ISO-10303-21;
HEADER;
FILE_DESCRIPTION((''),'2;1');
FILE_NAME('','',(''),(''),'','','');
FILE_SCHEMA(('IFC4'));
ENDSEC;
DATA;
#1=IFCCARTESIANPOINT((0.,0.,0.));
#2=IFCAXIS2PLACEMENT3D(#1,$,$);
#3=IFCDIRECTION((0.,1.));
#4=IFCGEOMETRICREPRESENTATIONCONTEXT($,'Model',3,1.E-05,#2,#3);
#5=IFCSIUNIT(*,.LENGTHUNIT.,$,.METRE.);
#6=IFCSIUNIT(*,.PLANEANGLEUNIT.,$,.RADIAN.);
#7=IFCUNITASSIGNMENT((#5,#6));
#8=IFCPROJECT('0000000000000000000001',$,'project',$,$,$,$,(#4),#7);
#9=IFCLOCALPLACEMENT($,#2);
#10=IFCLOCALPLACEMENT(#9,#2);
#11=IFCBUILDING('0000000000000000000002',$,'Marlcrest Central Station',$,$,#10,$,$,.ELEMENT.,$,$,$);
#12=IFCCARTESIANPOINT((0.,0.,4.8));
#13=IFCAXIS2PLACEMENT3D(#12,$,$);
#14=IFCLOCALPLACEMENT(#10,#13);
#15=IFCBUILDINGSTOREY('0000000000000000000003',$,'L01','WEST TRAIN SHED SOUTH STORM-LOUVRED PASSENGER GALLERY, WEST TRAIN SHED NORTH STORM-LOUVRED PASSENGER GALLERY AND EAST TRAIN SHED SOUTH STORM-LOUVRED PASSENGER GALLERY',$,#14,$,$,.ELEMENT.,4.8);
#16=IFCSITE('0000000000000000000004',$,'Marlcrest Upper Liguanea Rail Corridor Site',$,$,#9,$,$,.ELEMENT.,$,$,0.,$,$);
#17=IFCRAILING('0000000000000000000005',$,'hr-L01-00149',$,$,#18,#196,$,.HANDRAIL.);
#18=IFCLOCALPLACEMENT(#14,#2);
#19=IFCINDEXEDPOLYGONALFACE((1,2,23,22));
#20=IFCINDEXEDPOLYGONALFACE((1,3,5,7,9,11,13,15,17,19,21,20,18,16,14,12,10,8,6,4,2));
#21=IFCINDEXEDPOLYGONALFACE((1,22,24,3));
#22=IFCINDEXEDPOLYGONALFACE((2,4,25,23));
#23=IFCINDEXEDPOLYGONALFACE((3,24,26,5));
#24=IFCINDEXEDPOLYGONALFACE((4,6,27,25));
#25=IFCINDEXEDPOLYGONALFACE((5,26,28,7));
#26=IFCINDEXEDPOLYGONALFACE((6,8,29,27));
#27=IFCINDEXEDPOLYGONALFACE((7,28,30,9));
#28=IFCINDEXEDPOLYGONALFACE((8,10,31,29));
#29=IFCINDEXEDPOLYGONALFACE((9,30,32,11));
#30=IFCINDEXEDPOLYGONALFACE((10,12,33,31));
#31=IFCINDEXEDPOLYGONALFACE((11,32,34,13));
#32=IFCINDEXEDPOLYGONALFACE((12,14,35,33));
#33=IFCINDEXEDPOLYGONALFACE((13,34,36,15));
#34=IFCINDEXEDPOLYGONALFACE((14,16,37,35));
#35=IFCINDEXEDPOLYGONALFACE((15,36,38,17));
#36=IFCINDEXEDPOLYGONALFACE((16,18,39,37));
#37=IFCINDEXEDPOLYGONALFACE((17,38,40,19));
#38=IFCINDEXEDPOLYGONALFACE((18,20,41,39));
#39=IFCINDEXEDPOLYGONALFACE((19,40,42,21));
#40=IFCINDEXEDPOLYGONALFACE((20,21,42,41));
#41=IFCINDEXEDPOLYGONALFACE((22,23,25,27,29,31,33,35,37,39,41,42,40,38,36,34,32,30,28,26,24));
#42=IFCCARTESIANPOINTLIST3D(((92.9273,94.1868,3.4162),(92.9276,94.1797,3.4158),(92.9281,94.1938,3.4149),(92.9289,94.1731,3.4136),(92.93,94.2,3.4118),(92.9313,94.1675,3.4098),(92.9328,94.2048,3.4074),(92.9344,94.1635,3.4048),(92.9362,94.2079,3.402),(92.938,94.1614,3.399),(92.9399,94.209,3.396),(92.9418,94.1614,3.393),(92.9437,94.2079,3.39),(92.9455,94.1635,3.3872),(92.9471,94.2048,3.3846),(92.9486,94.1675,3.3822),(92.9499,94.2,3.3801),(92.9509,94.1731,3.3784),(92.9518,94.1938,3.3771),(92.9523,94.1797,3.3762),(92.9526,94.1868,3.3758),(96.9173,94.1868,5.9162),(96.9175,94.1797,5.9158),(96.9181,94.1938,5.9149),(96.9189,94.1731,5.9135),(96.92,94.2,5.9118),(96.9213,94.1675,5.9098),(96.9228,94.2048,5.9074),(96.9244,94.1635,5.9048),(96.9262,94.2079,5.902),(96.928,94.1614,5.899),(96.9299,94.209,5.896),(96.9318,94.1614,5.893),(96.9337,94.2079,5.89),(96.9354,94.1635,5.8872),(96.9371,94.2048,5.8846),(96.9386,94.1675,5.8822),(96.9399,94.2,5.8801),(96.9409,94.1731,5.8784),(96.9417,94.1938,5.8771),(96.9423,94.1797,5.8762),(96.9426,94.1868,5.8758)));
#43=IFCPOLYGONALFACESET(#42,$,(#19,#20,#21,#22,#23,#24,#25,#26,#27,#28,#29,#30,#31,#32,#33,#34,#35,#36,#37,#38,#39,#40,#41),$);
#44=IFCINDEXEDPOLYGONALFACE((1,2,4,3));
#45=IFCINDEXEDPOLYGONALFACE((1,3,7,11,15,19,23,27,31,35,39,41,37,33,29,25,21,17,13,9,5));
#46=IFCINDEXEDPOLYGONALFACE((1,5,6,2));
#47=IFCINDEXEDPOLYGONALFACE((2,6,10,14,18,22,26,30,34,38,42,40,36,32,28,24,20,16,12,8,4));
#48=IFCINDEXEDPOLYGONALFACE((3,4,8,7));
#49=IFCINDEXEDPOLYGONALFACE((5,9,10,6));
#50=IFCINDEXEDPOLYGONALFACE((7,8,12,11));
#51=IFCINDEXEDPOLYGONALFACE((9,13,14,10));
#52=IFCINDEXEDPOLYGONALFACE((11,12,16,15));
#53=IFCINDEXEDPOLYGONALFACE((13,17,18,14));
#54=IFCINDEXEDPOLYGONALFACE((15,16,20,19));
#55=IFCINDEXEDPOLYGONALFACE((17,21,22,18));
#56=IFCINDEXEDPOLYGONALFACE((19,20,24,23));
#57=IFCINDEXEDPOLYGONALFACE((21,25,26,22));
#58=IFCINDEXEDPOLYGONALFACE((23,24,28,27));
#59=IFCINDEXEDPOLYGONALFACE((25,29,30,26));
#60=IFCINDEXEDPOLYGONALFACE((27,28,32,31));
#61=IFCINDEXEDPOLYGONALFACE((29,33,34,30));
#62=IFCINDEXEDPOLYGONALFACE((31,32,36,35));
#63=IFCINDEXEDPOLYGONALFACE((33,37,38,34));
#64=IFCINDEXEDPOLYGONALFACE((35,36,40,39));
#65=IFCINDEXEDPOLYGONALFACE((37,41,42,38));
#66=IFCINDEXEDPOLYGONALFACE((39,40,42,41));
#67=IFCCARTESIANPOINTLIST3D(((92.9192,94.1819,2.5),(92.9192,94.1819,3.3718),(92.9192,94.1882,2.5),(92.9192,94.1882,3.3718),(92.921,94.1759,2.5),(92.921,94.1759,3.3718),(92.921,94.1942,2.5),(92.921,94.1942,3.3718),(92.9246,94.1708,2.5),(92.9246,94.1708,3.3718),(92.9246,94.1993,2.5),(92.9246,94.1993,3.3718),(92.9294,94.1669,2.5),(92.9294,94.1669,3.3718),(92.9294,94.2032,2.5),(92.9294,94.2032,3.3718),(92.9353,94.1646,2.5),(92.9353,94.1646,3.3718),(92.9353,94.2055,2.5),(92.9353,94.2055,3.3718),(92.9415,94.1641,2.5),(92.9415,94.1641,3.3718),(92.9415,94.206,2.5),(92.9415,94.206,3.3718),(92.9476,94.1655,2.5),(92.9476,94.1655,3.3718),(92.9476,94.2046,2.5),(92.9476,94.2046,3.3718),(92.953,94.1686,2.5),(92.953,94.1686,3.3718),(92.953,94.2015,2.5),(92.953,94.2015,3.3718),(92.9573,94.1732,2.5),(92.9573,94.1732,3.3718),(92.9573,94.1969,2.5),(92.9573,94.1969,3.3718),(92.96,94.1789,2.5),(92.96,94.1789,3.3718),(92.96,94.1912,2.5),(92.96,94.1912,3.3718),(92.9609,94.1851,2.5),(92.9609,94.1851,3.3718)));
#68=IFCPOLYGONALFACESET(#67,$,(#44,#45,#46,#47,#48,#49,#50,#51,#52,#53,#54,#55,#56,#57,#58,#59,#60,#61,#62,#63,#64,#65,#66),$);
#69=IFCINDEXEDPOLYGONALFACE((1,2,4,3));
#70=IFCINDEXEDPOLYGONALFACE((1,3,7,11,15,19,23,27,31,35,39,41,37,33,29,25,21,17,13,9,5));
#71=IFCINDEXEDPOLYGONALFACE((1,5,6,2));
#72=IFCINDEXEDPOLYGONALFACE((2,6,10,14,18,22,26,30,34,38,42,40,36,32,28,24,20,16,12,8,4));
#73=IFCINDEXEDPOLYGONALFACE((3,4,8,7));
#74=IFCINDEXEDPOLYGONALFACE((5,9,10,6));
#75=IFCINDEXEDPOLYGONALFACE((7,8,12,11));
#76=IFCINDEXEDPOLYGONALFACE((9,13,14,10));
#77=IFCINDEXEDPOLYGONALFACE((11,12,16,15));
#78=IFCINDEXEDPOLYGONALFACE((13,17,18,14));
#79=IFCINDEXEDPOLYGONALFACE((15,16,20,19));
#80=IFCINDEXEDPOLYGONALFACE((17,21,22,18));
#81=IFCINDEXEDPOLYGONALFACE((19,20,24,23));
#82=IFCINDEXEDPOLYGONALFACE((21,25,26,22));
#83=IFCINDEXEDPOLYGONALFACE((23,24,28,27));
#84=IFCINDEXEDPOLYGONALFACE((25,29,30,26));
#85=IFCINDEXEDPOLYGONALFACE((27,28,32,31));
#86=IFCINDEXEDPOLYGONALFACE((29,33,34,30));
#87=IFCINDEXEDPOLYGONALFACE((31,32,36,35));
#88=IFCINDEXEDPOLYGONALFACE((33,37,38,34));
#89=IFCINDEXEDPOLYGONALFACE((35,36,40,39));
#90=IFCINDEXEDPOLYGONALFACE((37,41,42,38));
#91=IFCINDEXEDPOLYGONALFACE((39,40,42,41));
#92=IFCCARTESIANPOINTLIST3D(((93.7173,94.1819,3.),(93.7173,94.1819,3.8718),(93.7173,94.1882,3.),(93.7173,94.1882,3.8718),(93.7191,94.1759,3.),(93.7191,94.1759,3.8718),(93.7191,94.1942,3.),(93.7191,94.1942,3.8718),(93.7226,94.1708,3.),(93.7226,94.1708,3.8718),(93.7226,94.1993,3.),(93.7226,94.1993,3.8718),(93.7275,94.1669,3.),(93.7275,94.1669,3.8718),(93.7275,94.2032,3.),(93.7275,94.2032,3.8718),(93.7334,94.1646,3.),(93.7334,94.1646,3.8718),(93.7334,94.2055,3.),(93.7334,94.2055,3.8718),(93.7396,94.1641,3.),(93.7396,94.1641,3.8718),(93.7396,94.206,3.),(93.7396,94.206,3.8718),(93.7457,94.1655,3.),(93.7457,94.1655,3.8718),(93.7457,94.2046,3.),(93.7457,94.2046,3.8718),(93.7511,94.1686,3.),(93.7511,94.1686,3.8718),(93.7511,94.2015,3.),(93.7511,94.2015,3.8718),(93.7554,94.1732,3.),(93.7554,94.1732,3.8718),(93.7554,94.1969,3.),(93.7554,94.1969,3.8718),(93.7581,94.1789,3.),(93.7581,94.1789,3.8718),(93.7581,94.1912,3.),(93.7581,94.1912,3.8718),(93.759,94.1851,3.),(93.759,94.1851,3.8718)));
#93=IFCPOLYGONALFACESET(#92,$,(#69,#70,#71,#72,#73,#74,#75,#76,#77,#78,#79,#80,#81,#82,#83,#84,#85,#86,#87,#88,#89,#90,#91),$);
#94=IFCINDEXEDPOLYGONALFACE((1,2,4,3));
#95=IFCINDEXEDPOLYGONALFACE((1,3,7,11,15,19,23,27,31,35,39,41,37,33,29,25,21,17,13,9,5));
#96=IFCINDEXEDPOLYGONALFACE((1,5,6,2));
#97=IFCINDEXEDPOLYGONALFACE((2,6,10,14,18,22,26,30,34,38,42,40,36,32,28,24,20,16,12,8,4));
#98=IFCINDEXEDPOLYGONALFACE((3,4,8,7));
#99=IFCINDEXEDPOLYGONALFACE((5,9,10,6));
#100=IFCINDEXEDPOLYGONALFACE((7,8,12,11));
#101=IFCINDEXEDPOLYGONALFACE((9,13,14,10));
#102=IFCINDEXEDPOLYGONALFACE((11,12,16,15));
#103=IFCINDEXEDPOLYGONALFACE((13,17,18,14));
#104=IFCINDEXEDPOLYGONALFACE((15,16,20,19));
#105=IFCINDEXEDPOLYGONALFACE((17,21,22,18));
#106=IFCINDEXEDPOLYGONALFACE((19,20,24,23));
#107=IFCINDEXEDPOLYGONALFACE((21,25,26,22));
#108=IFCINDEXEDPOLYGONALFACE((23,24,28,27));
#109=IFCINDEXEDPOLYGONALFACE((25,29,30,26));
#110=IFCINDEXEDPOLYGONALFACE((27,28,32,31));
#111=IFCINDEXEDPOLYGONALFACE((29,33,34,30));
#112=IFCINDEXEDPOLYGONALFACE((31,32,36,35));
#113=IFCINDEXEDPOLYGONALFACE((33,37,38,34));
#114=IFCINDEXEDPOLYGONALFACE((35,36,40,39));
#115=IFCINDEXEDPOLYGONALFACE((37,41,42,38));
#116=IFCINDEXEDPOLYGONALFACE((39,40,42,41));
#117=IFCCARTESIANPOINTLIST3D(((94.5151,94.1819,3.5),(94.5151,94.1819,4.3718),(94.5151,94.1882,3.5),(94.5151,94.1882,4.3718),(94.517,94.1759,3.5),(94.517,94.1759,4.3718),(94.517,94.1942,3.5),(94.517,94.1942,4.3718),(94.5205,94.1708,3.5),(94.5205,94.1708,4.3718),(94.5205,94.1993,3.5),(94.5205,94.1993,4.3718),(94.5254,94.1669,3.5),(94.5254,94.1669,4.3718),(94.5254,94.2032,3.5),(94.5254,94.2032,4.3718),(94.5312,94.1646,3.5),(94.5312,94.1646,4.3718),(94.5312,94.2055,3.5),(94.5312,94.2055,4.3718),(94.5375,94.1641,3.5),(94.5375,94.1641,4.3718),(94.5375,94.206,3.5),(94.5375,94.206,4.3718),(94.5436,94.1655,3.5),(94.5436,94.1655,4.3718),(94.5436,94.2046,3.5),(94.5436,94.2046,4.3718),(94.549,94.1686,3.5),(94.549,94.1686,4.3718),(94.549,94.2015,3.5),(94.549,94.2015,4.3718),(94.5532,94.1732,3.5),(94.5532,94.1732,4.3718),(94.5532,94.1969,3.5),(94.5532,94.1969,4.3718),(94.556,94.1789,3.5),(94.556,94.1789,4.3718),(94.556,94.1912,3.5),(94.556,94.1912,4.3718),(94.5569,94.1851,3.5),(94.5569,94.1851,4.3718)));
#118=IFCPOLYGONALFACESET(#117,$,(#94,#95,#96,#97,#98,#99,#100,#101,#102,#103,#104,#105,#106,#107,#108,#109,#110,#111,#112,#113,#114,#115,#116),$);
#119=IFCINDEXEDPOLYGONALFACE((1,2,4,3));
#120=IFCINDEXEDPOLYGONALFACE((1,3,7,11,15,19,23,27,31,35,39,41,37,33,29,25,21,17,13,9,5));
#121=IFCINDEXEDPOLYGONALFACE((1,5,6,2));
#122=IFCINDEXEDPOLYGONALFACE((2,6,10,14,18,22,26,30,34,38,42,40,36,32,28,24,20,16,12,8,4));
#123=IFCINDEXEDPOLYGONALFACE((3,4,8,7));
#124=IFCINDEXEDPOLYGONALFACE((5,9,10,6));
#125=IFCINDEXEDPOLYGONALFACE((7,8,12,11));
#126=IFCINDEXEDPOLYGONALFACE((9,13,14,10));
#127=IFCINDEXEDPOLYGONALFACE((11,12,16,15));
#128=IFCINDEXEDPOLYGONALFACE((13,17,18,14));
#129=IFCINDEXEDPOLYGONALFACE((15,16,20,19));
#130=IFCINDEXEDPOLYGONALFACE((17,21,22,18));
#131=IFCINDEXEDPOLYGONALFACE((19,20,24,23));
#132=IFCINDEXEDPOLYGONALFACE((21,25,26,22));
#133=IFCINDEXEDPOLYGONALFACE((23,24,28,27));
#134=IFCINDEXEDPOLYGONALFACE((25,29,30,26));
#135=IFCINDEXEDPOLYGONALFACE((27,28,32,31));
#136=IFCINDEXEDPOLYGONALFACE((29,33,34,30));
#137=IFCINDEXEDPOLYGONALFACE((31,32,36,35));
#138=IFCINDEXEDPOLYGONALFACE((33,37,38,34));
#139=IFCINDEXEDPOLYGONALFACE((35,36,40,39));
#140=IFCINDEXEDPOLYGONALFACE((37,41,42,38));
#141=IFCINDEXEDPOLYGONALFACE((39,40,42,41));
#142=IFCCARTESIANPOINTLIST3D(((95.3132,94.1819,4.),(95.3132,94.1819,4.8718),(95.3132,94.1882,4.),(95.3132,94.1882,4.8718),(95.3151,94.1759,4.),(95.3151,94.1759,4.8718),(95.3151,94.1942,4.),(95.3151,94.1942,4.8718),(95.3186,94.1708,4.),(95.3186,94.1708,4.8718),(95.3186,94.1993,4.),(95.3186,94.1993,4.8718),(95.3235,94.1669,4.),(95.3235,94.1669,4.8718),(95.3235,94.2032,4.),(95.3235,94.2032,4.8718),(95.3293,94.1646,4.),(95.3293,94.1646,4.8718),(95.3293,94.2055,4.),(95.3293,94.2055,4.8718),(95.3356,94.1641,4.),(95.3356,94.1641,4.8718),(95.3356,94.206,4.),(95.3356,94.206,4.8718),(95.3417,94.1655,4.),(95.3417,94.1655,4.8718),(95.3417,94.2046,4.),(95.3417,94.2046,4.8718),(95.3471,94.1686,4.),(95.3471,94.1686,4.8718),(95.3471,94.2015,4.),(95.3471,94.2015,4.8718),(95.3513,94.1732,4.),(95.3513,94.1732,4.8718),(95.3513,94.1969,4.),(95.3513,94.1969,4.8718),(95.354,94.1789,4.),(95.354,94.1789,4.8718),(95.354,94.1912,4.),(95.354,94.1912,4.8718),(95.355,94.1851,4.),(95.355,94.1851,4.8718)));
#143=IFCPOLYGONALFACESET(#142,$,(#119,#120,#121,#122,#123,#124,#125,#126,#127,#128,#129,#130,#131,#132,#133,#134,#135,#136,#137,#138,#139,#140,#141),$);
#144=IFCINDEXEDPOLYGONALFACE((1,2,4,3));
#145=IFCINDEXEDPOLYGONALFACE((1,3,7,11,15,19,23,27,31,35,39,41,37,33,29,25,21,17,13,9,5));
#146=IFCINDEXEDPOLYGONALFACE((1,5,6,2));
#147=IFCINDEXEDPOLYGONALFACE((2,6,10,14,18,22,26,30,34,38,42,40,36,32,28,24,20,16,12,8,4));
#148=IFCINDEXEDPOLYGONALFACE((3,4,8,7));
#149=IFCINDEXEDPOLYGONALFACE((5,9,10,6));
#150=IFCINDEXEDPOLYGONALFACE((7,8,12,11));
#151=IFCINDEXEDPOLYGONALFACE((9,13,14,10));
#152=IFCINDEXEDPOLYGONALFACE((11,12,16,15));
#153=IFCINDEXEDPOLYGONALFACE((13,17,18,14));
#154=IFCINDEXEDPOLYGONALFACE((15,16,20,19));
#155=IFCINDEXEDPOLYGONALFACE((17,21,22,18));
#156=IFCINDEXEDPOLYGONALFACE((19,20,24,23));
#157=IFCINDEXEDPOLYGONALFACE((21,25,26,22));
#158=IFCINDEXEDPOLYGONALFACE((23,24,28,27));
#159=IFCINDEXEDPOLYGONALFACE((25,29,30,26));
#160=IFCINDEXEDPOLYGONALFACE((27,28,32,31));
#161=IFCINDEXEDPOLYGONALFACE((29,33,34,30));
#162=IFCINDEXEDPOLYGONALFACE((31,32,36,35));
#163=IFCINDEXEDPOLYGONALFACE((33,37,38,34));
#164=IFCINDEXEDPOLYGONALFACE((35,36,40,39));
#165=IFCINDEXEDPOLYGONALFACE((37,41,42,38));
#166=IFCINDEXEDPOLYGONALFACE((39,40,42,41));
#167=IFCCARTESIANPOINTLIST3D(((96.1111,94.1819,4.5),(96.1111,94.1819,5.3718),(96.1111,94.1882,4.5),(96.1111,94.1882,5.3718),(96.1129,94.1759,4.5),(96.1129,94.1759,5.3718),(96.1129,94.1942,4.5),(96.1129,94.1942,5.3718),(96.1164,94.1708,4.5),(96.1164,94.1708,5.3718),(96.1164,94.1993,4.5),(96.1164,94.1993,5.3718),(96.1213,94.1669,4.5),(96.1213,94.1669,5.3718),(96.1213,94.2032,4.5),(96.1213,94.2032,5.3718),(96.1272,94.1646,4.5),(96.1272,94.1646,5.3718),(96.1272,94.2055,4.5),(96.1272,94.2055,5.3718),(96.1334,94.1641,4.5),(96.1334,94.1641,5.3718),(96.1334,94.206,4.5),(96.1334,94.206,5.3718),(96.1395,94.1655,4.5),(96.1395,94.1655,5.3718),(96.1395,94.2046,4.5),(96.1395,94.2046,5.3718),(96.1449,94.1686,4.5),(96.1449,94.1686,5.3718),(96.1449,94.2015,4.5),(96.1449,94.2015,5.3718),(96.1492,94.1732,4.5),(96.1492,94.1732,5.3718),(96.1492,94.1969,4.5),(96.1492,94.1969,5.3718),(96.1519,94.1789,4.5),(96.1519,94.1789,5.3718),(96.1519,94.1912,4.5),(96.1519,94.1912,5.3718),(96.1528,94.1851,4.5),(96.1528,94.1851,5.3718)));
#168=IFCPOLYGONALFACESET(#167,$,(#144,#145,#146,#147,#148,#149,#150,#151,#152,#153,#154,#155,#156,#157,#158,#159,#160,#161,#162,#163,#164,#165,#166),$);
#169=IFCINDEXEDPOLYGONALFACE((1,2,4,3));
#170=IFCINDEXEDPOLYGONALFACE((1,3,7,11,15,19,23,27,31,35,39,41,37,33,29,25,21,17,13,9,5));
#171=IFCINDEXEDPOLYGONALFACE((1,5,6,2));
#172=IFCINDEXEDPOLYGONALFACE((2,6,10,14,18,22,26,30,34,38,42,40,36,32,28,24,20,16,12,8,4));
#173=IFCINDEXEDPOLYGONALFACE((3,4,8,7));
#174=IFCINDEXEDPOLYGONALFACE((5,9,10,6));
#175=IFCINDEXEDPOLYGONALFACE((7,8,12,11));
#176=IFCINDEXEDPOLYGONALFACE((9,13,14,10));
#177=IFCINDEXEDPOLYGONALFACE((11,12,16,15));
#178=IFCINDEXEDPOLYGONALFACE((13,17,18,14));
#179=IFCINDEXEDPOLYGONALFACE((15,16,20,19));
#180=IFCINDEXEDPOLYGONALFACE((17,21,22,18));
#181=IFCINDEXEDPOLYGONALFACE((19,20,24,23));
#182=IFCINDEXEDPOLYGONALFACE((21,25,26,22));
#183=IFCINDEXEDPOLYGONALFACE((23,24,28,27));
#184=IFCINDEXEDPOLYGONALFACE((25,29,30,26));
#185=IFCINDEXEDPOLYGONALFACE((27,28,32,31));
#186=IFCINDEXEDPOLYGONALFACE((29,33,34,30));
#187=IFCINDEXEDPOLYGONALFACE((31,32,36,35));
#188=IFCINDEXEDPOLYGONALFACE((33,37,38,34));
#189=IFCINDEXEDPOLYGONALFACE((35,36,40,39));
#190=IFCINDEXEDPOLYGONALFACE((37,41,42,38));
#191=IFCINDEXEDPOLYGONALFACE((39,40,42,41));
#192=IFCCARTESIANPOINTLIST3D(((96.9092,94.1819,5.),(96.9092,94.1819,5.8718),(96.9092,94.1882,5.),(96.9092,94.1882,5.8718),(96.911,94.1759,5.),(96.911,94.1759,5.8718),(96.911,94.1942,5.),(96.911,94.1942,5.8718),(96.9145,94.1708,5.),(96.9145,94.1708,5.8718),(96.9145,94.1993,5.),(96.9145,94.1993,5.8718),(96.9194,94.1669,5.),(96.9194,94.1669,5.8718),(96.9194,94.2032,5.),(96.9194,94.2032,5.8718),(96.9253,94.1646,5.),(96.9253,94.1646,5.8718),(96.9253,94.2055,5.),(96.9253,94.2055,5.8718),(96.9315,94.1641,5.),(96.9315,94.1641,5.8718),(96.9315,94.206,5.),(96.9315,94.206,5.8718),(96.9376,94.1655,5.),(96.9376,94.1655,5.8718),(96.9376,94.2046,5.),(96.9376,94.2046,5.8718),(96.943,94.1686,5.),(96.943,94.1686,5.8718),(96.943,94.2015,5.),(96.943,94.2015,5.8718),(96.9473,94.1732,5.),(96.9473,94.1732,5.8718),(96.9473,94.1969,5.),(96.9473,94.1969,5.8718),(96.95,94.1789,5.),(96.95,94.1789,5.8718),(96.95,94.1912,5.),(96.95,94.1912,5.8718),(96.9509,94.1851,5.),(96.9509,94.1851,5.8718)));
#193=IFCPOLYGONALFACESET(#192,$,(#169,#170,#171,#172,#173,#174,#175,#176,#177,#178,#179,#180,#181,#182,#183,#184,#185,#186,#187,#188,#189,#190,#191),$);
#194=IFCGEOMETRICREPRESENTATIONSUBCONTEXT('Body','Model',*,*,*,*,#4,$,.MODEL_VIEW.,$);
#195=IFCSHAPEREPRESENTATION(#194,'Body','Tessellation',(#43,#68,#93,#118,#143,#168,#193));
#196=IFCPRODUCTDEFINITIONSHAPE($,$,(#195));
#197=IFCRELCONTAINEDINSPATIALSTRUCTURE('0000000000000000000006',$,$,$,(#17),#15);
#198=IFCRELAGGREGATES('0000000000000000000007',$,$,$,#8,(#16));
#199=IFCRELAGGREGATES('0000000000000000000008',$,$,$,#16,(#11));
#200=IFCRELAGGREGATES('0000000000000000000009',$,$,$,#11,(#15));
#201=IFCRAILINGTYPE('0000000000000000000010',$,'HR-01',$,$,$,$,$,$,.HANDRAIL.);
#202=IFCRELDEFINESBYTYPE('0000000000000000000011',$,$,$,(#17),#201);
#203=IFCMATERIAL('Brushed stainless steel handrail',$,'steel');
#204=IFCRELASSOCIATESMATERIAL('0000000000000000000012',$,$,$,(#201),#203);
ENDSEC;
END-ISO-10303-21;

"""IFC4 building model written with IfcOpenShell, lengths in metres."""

from ifc_helpers import new_model, si_unit, direction, frame, origin, origin_2d, place, context, subcontext, project, spatial, circle, extrude, material, type_object, element, save


model = new_model("IFC4")

# Units and contexts
model_context = context("Model", 3, precision=1e-05, world=origin(), true_north=direction((0.0, 1.0)))
body_context = subcontext(model_context, "Body", "Model", "MODEL_VIEW")
ifc_project = project(units=[si_unit("LENGTHUNIT", "METRE"), si_unit("PLANEANGLEUNIT", "RADIAN")], contexts=[model_context])

# Site, building, storey
site_placement = place(None, origin())
site = spatial("IfcSite", under=ifc_project, at=site_placement, Name="Marlcrest Upper Liguanea Rail Corridor Site", CompositionType="ELEMENT", RefElevation=0.0)
building_placement = place(site_placement, origin())
building = spatial("IfcBuilding", under=site, at=building_placement, Name="Marlcrest Central Station", CompositionType="ELEMENT")
storey_placement = place(building_placement, frame((0.0, 0.0, 4.8)))
storey = spatial("IfcBuildingStorey", under=building, at=storey_placement, Name="L01", Description="WEST TRAIN SHED SOUTH STORM-LOUVRED PASSENGER GALLERY, WEST TRAIN SHED NORTH STORM-LOUVRED PASSENGER GALLERY AND EAST TRAIN SHED SOUTH STORM-LOUVRED PASSENGER GALLERY", CompositionType="ELEMENT", Elevation=4.8)

# Railing
ifc_material_1 = material(Name="Brushed stainless steel handrail", Category="steel")
railing_type_1 = type_object("IfcRailingType", Name="HR-01", PredefinedType="HANDRAIL", material=ifc_material_1)
railing_1_placement = place(storey_placement, frame((92.9399, 94.1851, 2.5)))
element("IfcRailing", 1, at=railing_1_placement, inside=storey, type_object=railing_type_1, Name="hr-L01-00149", PredefinedType="HANDRAIL", context=body_context, shape_type="SweptSolid", body=[
    extrude(circle(Radius=0.0239, at=origin_2d()), frame((0.0, 0.0, 0.896), z_axis=(0.847401, 0.0, 0.530954), x_axis=(0.0, 1.0, 0.0)), (0.0, 0.0, 1.0), 4.7085),
    extrude(circle(Radius=0.021, at=origin_2d()), origin(), (0.0, 0.0, 1.0), 0.8718),
    extrude(circle(Radius=0.021, at=origin_2d()), frame((0.7981, 0.0, 0.5)), (0.0, 0.0, 1.0), 0.8718),
    extrude(circle(Radius=0.021, at=origin_2d()), frame((1.5959, 0.0, 1.0)), (0.0, 0.0, 1.0), 0.8718),
    extrude(circle(Radius=0.021, at=origin_2d()), frame((2.394, 0.0, 1.5)), (0.0, 0.0, 1.0), 0.8718),
    extrude(circle(Radius=0.021, at=origin_2d()), frame((3.1919, 0.0, 2.0)), (0.0, 0.0, 1.0), 0.8718),
    extrude(circle(Radius=0.021, at=origin_2d()), frame((3.99, 0.0, 2.5)), (0.0, 0.0, 1.0), 0.8718),
])

save(model, "model.ifc")
